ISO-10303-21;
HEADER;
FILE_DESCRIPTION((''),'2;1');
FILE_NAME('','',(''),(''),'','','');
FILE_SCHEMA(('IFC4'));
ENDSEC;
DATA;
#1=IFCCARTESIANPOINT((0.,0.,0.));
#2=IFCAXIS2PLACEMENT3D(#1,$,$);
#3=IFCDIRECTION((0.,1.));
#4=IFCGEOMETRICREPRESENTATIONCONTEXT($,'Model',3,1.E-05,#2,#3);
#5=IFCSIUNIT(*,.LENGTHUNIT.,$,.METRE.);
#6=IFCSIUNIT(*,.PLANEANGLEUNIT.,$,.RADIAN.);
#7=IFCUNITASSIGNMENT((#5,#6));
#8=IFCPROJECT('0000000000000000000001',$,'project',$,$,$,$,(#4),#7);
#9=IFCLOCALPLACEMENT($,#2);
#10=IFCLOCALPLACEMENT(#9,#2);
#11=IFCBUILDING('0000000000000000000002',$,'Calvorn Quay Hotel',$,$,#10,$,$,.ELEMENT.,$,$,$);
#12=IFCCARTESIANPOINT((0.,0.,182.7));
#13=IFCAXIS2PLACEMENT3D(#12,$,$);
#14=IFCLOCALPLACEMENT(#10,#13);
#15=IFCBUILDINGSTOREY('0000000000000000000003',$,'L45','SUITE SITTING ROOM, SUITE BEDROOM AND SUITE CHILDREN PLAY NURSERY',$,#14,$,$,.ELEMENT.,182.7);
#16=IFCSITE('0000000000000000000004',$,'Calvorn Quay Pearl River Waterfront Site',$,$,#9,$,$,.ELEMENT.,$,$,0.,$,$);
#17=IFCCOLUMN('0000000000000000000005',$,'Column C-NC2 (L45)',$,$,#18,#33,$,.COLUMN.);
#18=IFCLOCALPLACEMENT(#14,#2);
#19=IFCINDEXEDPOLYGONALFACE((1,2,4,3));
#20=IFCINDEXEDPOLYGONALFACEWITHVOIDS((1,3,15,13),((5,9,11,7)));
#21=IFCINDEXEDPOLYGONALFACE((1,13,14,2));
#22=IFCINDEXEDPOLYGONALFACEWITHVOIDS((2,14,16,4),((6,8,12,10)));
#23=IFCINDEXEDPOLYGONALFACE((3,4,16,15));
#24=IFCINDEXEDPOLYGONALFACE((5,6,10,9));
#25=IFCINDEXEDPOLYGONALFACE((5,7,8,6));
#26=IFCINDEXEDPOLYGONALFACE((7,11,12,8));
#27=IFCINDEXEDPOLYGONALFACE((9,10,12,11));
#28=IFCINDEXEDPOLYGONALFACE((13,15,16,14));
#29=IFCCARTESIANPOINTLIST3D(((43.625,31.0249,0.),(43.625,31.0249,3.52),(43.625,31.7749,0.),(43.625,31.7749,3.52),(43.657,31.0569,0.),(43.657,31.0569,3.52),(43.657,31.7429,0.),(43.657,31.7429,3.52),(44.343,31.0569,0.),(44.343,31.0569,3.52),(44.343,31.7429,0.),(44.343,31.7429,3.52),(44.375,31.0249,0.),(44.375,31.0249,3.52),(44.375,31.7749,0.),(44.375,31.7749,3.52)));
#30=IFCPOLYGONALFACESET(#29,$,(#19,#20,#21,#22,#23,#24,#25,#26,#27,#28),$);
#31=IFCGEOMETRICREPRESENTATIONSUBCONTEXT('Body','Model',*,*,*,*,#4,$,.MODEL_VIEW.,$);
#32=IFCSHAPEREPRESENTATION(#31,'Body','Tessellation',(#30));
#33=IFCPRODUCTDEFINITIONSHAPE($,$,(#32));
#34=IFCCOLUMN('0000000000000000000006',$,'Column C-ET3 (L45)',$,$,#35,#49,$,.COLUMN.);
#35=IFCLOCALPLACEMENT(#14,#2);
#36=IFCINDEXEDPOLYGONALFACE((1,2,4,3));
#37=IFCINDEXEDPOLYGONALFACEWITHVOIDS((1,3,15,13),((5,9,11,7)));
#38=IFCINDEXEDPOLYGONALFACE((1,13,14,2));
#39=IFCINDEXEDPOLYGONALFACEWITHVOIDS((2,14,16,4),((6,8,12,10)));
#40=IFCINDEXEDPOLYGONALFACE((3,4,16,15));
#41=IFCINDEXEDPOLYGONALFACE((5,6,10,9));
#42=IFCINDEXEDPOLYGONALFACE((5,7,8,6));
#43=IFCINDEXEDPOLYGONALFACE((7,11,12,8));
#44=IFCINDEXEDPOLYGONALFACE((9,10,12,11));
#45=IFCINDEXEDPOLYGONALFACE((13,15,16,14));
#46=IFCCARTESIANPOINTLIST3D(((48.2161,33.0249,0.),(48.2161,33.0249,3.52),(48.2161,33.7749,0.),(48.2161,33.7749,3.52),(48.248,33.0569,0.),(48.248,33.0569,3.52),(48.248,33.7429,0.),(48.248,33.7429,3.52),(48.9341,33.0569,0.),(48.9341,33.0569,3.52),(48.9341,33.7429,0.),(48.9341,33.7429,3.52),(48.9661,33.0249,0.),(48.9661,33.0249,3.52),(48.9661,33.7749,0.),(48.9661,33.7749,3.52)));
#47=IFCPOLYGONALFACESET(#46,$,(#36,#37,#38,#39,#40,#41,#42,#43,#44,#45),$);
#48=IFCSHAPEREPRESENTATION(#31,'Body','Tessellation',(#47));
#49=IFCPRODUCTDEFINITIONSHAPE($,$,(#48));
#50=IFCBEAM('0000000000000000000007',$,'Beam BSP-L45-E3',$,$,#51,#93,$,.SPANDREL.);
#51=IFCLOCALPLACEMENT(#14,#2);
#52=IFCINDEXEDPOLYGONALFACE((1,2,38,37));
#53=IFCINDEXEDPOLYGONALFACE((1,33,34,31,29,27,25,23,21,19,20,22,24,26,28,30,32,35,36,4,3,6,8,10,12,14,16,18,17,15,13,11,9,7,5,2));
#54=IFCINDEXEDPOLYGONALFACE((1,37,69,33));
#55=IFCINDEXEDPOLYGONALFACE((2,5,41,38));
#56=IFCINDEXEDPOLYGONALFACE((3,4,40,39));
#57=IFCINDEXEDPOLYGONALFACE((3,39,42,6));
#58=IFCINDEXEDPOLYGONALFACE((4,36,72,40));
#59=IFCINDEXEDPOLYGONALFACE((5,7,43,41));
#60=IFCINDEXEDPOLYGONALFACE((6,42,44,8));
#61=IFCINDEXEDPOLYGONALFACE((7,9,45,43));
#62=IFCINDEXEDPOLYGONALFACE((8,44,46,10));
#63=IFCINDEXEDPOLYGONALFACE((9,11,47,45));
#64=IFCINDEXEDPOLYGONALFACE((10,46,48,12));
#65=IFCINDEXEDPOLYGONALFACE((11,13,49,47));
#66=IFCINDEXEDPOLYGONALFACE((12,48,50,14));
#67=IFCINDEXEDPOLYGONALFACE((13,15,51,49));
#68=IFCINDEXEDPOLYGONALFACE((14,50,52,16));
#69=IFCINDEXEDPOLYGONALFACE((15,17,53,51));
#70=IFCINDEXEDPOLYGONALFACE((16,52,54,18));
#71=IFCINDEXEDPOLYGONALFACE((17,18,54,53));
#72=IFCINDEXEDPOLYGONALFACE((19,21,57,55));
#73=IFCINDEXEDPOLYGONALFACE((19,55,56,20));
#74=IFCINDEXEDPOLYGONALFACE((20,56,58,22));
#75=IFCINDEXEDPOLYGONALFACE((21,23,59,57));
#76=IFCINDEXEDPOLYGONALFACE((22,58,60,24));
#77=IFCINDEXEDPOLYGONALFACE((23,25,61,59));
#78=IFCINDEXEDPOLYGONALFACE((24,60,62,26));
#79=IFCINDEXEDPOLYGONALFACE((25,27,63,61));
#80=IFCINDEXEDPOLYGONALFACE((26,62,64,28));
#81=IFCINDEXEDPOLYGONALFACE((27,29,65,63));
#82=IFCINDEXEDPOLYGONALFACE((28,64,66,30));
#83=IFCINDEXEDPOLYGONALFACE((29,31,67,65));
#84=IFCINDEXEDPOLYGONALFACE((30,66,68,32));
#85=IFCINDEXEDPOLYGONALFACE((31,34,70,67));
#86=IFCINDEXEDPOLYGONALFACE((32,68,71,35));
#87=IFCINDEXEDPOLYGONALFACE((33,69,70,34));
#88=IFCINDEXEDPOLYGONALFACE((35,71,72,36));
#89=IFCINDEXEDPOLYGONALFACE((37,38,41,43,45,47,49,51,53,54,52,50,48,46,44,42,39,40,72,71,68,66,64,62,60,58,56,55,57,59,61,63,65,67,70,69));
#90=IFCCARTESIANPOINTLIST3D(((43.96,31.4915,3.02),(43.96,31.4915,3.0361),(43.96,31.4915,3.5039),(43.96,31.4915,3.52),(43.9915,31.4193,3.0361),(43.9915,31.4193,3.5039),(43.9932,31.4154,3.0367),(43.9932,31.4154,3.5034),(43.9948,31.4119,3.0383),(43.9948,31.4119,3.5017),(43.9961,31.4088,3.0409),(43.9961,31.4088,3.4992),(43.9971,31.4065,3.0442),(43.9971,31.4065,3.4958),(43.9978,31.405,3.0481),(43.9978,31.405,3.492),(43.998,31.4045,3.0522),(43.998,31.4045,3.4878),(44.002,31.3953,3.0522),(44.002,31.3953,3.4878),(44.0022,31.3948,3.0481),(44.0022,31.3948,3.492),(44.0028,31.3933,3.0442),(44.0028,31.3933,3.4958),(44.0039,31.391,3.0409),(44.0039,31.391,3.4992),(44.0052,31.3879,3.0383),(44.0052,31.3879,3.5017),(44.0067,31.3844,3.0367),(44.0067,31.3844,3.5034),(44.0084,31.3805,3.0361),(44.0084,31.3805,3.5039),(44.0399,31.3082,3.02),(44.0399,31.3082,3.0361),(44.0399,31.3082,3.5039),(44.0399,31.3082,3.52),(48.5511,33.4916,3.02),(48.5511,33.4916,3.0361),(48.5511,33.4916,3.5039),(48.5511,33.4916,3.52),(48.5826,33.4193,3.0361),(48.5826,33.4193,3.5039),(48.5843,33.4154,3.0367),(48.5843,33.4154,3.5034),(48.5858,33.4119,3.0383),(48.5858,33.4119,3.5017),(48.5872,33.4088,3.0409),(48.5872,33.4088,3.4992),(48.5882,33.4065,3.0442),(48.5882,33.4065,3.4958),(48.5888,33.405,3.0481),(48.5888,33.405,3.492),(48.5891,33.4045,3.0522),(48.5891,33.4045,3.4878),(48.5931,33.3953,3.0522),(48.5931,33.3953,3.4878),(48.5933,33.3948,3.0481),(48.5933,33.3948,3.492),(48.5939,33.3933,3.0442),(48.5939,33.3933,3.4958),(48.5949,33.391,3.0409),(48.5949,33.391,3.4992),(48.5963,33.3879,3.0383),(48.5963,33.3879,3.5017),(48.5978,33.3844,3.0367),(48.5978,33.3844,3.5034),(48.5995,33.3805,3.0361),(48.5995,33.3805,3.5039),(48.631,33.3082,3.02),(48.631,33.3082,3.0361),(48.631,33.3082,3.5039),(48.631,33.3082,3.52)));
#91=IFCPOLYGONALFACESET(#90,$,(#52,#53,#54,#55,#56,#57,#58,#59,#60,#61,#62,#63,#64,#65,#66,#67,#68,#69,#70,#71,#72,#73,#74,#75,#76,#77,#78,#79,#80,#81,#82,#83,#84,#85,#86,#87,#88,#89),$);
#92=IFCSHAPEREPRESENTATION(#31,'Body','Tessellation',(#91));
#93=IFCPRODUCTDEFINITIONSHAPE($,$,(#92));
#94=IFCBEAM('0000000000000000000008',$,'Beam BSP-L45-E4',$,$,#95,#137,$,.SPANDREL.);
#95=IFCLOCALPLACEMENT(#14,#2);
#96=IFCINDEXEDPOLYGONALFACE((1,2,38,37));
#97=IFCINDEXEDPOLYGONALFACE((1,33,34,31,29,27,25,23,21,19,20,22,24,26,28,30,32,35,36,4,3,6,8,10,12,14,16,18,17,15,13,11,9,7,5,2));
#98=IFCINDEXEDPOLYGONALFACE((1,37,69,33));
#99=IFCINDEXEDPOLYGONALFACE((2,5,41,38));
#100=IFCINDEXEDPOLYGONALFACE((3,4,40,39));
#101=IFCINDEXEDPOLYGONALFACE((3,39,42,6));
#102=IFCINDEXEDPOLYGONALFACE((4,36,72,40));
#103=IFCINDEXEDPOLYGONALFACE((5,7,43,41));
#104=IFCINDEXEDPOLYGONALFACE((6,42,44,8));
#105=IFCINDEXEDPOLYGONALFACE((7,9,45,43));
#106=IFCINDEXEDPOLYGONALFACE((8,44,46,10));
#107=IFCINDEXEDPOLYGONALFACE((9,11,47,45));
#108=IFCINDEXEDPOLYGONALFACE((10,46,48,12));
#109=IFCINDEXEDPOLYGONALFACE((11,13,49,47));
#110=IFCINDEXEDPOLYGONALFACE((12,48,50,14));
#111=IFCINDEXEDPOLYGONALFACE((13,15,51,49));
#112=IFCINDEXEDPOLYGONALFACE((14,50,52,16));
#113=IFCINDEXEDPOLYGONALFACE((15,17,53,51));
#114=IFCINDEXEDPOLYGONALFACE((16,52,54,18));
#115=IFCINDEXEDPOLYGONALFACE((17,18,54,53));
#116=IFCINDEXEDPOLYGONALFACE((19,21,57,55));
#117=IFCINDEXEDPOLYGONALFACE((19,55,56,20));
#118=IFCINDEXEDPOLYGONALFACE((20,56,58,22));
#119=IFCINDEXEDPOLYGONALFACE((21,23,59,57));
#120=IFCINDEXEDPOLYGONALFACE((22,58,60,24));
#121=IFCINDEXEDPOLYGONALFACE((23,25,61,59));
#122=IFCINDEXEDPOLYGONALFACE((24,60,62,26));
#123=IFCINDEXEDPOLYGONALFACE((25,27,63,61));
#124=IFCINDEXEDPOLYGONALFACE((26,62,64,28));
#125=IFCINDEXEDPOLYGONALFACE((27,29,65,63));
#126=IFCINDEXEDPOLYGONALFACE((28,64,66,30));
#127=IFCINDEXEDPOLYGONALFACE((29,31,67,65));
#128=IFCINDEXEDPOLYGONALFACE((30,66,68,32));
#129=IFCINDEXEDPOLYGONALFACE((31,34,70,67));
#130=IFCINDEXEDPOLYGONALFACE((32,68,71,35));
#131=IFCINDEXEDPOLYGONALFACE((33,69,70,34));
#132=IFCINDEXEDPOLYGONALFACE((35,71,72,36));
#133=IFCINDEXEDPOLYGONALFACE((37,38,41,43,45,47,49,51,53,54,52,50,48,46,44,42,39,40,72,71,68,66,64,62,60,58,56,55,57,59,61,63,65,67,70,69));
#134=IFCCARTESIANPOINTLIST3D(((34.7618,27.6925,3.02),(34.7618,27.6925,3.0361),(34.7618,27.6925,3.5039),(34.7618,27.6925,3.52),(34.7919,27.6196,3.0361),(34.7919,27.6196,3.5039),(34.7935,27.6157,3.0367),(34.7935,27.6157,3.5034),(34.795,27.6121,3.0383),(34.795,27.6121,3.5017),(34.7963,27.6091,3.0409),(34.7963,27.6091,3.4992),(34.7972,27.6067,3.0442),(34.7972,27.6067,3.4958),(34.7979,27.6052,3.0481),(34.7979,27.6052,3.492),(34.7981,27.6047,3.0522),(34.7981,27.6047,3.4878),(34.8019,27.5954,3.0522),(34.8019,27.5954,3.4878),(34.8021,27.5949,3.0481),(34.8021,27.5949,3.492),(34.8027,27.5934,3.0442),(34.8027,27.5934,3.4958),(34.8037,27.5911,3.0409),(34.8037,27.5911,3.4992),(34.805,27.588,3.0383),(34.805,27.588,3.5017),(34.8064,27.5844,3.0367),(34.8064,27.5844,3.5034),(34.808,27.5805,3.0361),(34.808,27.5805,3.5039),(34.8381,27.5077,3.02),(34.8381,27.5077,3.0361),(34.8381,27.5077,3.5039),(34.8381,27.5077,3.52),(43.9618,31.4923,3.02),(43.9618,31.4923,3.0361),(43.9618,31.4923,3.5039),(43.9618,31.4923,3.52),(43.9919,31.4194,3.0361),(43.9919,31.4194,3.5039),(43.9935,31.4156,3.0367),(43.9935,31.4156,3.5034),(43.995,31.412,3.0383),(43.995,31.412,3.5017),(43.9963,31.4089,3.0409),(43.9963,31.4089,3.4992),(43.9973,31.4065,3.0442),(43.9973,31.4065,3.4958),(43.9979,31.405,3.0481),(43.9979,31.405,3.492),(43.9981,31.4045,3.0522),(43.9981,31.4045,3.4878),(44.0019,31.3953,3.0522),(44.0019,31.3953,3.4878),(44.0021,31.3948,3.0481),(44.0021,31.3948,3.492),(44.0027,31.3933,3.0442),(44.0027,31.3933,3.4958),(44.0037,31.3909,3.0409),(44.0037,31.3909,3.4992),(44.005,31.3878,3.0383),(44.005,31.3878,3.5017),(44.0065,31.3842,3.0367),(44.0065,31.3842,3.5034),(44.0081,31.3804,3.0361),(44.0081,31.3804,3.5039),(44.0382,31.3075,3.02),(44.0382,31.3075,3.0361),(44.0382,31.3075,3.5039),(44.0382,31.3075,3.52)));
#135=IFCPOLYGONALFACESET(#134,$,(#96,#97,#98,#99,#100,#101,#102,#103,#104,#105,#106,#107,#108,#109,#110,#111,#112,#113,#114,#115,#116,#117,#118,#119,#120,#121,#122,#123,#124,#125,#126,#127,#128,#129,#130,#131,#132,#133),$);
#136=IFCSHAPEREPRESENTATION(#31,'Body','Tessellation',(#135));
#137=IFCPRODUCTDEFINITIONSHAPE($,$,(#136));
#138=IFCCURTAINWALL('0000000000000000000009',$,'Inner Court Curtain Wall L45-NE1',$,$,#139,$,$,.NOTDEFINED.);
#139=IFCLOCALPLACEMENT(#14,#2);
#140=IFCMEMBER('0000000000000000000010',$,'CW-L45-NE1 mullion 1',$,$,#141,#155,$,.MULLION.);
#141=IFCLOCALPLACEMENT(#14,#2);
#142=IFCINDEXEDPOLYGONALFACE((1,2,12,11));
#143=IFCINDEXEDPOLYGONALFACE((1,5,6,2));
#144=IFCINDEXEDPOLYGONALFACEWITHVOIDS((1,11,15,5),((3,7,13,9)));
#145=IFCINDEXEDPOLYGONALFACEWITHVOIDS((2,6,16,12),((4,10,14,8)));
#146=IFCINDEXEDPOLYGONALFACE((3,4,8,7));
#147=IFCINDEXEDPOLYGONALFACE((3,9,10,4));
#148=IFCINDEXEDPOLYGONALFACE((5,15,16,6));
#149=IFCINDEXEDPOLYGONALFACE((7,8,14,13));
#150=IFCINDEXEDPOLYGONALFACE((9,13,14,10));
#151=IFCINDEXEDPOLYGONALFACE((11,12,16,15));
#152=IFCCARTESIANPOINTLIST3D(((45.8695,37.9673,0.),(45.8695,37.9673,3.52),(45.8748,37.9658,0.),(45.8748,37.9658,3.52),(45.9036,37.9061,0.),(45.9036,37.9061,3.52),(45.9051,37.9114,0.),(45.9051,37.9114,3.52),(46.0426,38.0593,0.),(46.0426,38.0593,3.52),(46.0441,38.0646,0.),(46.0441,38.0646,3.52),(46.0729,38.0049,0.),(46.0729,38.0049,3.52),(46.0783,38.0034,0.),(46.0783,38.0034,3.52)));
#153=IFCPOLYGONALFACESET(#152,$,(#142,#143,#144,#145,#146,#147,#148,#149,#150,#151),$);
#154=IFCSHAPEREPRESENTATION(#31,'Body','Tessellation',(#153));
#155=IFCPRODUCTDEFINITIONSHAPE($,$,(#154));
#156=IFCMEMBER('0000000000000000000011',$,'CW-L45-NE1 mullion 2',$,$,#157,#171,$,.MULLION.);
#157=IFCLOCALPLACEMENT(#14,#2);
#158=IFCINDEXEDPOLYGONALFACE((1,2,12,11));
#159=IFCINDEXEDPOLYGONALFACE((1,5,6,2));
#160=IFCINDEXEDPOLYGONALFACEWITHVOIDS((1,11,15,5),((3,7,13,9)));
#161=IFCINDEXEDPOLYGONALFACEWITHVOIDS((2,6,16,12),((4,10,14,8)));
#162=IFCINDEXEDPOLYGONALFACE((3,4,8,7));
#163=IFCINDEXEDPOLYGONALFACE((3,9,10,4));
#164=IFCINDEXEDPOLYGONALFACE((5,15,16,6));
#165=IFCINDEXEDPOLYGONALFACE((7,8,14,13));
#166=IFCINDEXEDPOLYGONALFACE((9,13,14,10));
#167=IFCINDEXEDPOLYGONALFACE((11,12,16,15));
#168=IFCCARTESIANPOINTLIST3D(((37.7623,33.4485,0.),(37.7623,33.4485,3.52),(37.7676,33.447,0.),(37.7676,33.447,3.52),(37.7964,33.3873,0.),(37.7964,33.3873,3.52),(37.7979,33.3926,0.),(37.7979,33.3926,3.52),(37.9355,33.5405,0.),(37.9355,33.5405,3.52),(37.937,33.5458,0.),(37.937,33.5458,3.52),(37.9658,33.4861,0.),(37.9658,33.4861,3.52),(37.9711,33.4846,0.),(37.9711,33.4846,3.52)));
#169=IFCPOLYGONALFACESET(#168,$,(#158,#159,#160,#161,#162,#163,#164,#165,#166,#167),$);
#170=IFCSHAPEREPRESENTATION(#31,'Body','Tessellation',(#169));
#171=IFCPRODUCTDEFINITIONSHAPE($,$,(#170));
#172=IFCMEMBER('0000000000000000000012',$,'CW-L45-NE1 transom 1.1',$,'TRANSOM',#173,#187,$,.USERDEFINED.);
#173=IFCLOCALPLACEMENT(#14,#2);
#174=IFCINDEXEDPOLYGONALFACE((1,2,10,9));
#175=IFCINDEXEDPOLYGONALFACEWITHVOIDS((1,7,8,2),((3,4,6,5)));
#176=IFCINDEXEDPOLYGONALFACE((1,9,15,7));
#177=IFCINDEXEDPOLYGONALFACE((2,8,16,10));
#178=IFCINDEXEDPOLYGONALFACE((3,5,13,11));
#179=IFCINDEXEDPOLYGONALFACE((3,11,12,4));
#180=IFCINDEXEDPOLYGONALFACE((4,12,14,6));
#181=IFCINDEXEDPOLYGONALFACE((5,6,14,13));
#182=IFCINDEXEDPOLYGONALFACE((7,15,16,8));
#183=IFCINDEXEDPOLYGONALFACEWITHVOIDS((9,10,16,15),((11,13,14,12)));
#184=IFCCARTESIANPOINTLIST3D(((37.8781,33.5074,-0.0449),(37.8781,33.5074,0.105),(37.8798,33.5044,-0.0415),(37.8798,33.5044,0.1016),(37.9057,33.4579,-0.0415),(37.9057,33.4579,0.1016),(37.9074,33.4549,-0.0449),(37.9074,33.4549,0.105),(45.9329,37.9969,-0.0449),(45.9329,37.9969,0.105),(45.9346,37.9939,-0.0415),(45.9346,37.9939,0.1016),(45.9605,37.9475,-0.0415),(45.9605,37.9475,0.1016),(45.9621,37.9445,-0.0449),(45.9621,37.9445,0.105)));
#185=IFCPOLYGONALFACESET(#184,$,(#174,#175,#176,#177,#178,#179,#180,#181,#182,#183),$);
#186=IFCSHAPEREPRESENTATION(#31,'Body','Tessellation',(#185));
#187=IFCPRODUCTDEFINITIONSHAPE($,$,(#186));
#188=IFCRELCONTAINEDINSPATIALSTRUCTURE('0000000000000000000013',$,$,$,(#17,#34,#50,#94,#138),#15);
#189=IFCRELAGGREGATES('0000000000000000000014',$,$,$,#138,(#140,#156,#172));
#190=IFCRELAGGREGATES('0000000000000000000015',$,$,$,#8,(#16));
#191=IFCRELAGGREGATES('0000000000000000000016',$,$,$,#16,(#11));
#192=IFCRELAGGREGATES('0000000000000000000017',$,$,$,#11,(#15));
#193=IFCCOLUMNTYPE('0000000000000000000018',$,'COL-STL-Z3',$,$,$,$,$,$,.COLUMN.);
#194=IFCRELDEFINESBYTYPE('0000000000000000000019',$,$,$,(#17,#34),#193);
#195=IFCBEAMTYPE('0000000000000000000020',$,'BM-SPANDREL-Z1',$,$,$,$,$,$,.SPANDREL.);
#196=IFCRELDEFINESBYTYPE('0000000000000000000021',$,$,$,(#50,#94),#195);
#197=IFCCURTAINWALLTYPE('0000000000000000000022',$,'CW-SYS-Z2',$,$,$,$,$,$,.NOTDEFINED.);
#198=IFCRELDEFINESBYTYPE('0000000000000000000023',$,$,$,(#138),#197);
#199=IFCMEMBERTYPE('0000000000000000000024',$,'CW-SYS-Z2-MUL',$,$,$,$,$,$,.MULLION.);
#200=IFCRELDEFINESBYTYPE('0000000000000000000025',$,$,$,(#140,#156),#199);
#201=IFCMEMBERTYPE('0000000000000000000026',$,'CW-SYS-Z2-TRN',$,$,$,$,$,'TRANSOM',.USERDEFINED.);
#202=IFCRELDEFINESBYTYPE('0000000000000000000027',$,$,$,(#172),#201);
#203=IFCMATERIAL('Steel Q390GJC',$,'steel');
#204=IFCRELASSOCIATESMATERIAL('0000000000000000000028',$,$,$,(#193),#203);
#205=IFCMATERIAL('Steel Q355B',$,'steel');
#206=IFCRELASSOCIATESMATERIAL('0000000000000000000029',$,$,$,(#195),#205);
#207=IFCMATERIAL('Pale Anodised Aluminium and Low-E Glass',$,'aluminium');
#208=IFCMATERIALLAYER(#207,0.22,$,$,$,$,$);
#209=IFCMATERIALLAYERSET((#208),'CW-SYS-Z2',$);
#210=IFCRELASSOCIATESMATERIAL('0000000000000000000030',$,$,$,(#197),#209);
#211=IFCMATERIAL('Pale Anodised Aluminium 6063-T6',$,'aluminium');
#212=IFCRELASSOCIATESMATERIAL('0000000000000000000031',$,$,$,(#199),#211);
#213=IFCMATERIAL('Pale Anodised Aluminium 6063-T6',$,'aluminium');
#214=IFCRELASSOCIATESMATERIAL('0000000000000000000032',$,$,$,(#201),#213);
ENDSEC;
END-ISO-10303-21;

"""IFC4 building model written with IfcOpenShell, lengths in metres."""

from ifc_helpers import new_model, si_unit, direction, frame, origin, origin_2d, place, context, subcontext, project, spatial, hollow_rectangle, i_section, extrude, material, layer, layer_set, material_profile, profile_set, type_object, element, aggregate, save


model = new_model("IFC4")

# Units and contexts
model_context = context("Model", 3, precision=1e-05, world=origin(), true_north=direction((0.0, 1.0)))
body_context = subcontext(model_context, "Body", "Model", "MODEL_VIEW")
ifc_project = project(units=[si_unit("LENGTHUNIT", "METRE"), si_unit("PLANEANGLEUNIT", "RADIAN")], contexts=[model_context])

# Site, building, storey
site_placement = place(None, origin())
site = spatial("IfcSite", under=ifc_project, at=site_placement, Name="Calvorn Quay Pearl River Waterfront Site", CompositionType="ELEMENT", RefElevation=0.0)
building_placement = place(site_placement, origin())
building = spatial("IfcBuilding", under=site, at=building_placement, Name="Calvorn Quay Hotel", CompositionType="ELEMENT")
storey_placement = place(building_placement, frame((0.0, 0.0, 182.7)))
storey = spatial("IfcBuildingStorey", under=building, at=storey_placement, Name="L45", Description="SUITE SITTING ROOM, SUITE BEDROOM AND SUITE CHILDREN PLAY NURSERY", CompositionType="ELEMENT", Elevation=182.7)

# Columns
ifc_material_1 = material(Name="Steel Q390GJC", Category="steel")
ifc_material_profile_1 = material_profile(ifc_material_1, hollow_rectangle(XDim=0.75, YDim=0.75, WallThickness=0.032, at=origin_2d()), Name="BOX750x750x32")
ifc_profile_set_1 = profile_set([ifc_material_profile_1], Name="Steel Q390GJC")
column_type = type_object("IfcColumnType", Name="COL-STL-Z3", PredefinedType="COLUMN", material=ifc_profile_set_1)
for number, where, z_axis, x_axis, name in (
    (1, (44.0, 31.3999, 0.0), (0.0, 0.0, 1.0), (1.0, 0.0, 0.0), "Column C-NC2 (L45)"),
    (2, (48.5911, 33.3999, 0.0), (0.0, 0.0, 1.0), (1.0, 0.0, 0.0), "Column C-ET3 (L45)"),
):
    element("IfcColumn", number, at=place(storey_placement, frame(where, z_axis=z_axis, x_axis=x_axis)), inside=storey, type_object=column_type, Name=name, PredefinedType="COLUMN", context=body_context, shape_type="SweptSolid", body=[
        extrude(hollow_rectangle(XDim=0.75, YDim=0.75, WallThickness=0.032, at=origin_2d()), origin(), (0.0, 0.0, 1.0), 3.52),
    ])

# Beams
ifc_material_2 = material(Name="Steel Q355B", Category="steel")
ifc_material_profile_2 = material_profile(ifc_material_2, i_section(OverallWidth=0.2, OverallDepth=0.5, WebThickness=0.01, FlangeThickness=0.0161, FilletRadius=0.0161, at=origin_2d()), Name="HN500x200x10x16")
ifc_profile_set_2 = profile_set([ifc_material_profile_2], Name="Steel Q355B")
beam_type = type_object("IfcBeamType", Name="BM-SPANDREL-Z1", PredefinedType="SPANDREL", material=ifc_profile_set_2)
beam_1_placement = place(storey_placement, frame((48.5911, 33.3999, 3.27), z_axis=(-0.916786, -0.399378, 0.0), x_axis=(0.399378, -0.916786, 0.0)))
element("IfcBeam", 3, at=beam_1_placement, inside=storey, type_object=beam_type, Name="Beam BSP-L45-E3", PredefinedType="SPANDREL", context=body_context, shape_type="SweptSolid", body=[
    extrude(i_section(OverallWidth=0.2, OverallDepth=0.5, WebThickness=0.01, FlangeThickness=0.0161, FilletRadius=0.0161, at=origin_2d()), origin(), (0.0, 0.0, 1.0), 5.0078),
])
beam_2_placement = place(storey_placement, frame((44.0, 31.3999, 3.27), z_axis=(-0.924268, -0.381745, 0.0), x_axis=(0.381745, -0.924268, 0.0)))
element("IfcBeam", 4, at=beam_2_placement, inside=storey, type_object=beam_type, Name="Beam BSP-L45-E4", PredefinedType="SPANDREL", context=body_context, shape_type="SweptSolid", body=[
    extrude(i_section(OverallWidth=0.2, OverallDepth=0.5, WebThickness=0.01, FlangeThickness=0.0161, FilletRadius=0.0161, at=origin_2d()), origin(), (0.0, 0.0, 1.0), 9.9539),
])

# Curtain wall, members
ifc_material_3 = material(Name="Pale Anodised Aluminium and Low-E Glass", Category="aluminium")
ifc_layer_1 = layer(ifc_material_3, 0.22)
ifc_layer_set_1 = layer_set([ifc_layer_1], Name="CW-SYS-Z2")
curtain_wall_type = type_object("IfcCurtainWallType", Name="CW-SYS-Z2", PredefinedType="NOTDEFINED", material=ifc_layer_set_1)
curtain_wall_placement = place(storey_placement, origin())
curtain_wall = element("IfcCurtainWall", 5, at=curtain_wall_placement, inside=storey, type_object=curtain_wall_type, Name="Inner Court Curtain Wall L45-NE1", PredefinedType="NOTDEFINED")
ifc_material_4 = material(Name="Pale Anodised Aluminium 6063-T6", Category="aluminium")
ifc_material_profile_3 = material_profile(ifc_material_4, hollow_rectangle(XDim=0.0701, YDim=0.2, WallThickness=0.0039, at=origin_2d()), Name="ALU-M200x70x4")
ifc_profile_set_3 = profile_set([ifc_material_profile_3], Name="Pale Anodised Aluminium 6063-T6")
member_type_1 = type_object("IfcMemberType", Name="CW-SYS-Z2-MUL", PredefinedType="MULLION", material=ifc_profile_set_3)
member_1_placement = place(storey_placement, frame((45.9739, 37.9854, 0.0), z_axis=(0.0, 0.0, 1.0), x_axis=(0.486858, -0.873481, 0.0)))
member_1 = element("IfcMember", 6, at=member_1_placement, type_object=member_type_1, Name="CW-L45-NE1 mullion 1", PredefinedType="MULLION", context=body_context, shape_type="SweptSolid", body=[
    extrude(hollow_rectangle(XDim=0.0701, YDim=0.2, WallThickness=0.0039, at=origin_2d()), origin(), (0.0, 0.0, 1.0), 3.52),
])
member_2_placement = place(storey_placement, frame((37.8667, 33.4666, 0.0), z_axis=(0.0, 0.0, 1.0), x_axis=(0.486858, -0.873481, 0.0)))
member_2 = element("IfcMember", 7, at=member_2_placement, type_object=member_type_1, Name="CW-L45-NE1 mullion 2", PredefinedType="MULLION", context=body_context, shape_type="SweptSolid", body=[
    extrude(hollow_rectangle(XDim=0.0701, YDim=0.2, WallThickness=0.0039, at=origin_2d()), origin(), (0.0, 0.0, 1.0), 3.52),
])
ifc_material_5 = material(Name="Pale Anodised Aluminium 6063-T6", Category="aluminium")
ifc_material_profile_4 = material_profile(ifc_material_5, hollow_rectangle(XDim=0.0601, YDim=0.1499, WallThickness=0.0034, at=origin_2d()), Name="ALU-T150x60x3.5")
ifc_profile_set_4 = profile_set([ifc_material_profile_4], Name="Pale Anodised Aluminium 6063-T6")
member_type_2 = type_object("IfcMemberType", Name="CW-SYS-Z2-TRN", ElementType="TRANSOM", PredefinedType="USERDEFINED", material=ifc_profile_set_4)
member_3_placement = place(storey_placement, frame((45.9475, 37.9707, 0.03), z_axis=(-0.873481, -0.486859, 0.0), x_axis=(0.486859, -0.873481, 0.0)))
member_3 = element("IfcMember", 8, at=member_3_placement, type_object=member_type_2, Name="CW-L45-NE1 transom 1.1", ObjectType="TRANSOM", PredefinedType="USERDEFINED", context=body_context, shape_type="SweptSolid", body=[
    extrude(hollow_rectangle(XDim=0.0601, YDim=0.1499, WallThickness=0.0034, at=origin_2d()), origin(), (0.0, 0.0, 1.0), 9.2214),
])
aggregate(curtain_wall, [member_1, member_2, member_3])

save(model, "model.ifc")
